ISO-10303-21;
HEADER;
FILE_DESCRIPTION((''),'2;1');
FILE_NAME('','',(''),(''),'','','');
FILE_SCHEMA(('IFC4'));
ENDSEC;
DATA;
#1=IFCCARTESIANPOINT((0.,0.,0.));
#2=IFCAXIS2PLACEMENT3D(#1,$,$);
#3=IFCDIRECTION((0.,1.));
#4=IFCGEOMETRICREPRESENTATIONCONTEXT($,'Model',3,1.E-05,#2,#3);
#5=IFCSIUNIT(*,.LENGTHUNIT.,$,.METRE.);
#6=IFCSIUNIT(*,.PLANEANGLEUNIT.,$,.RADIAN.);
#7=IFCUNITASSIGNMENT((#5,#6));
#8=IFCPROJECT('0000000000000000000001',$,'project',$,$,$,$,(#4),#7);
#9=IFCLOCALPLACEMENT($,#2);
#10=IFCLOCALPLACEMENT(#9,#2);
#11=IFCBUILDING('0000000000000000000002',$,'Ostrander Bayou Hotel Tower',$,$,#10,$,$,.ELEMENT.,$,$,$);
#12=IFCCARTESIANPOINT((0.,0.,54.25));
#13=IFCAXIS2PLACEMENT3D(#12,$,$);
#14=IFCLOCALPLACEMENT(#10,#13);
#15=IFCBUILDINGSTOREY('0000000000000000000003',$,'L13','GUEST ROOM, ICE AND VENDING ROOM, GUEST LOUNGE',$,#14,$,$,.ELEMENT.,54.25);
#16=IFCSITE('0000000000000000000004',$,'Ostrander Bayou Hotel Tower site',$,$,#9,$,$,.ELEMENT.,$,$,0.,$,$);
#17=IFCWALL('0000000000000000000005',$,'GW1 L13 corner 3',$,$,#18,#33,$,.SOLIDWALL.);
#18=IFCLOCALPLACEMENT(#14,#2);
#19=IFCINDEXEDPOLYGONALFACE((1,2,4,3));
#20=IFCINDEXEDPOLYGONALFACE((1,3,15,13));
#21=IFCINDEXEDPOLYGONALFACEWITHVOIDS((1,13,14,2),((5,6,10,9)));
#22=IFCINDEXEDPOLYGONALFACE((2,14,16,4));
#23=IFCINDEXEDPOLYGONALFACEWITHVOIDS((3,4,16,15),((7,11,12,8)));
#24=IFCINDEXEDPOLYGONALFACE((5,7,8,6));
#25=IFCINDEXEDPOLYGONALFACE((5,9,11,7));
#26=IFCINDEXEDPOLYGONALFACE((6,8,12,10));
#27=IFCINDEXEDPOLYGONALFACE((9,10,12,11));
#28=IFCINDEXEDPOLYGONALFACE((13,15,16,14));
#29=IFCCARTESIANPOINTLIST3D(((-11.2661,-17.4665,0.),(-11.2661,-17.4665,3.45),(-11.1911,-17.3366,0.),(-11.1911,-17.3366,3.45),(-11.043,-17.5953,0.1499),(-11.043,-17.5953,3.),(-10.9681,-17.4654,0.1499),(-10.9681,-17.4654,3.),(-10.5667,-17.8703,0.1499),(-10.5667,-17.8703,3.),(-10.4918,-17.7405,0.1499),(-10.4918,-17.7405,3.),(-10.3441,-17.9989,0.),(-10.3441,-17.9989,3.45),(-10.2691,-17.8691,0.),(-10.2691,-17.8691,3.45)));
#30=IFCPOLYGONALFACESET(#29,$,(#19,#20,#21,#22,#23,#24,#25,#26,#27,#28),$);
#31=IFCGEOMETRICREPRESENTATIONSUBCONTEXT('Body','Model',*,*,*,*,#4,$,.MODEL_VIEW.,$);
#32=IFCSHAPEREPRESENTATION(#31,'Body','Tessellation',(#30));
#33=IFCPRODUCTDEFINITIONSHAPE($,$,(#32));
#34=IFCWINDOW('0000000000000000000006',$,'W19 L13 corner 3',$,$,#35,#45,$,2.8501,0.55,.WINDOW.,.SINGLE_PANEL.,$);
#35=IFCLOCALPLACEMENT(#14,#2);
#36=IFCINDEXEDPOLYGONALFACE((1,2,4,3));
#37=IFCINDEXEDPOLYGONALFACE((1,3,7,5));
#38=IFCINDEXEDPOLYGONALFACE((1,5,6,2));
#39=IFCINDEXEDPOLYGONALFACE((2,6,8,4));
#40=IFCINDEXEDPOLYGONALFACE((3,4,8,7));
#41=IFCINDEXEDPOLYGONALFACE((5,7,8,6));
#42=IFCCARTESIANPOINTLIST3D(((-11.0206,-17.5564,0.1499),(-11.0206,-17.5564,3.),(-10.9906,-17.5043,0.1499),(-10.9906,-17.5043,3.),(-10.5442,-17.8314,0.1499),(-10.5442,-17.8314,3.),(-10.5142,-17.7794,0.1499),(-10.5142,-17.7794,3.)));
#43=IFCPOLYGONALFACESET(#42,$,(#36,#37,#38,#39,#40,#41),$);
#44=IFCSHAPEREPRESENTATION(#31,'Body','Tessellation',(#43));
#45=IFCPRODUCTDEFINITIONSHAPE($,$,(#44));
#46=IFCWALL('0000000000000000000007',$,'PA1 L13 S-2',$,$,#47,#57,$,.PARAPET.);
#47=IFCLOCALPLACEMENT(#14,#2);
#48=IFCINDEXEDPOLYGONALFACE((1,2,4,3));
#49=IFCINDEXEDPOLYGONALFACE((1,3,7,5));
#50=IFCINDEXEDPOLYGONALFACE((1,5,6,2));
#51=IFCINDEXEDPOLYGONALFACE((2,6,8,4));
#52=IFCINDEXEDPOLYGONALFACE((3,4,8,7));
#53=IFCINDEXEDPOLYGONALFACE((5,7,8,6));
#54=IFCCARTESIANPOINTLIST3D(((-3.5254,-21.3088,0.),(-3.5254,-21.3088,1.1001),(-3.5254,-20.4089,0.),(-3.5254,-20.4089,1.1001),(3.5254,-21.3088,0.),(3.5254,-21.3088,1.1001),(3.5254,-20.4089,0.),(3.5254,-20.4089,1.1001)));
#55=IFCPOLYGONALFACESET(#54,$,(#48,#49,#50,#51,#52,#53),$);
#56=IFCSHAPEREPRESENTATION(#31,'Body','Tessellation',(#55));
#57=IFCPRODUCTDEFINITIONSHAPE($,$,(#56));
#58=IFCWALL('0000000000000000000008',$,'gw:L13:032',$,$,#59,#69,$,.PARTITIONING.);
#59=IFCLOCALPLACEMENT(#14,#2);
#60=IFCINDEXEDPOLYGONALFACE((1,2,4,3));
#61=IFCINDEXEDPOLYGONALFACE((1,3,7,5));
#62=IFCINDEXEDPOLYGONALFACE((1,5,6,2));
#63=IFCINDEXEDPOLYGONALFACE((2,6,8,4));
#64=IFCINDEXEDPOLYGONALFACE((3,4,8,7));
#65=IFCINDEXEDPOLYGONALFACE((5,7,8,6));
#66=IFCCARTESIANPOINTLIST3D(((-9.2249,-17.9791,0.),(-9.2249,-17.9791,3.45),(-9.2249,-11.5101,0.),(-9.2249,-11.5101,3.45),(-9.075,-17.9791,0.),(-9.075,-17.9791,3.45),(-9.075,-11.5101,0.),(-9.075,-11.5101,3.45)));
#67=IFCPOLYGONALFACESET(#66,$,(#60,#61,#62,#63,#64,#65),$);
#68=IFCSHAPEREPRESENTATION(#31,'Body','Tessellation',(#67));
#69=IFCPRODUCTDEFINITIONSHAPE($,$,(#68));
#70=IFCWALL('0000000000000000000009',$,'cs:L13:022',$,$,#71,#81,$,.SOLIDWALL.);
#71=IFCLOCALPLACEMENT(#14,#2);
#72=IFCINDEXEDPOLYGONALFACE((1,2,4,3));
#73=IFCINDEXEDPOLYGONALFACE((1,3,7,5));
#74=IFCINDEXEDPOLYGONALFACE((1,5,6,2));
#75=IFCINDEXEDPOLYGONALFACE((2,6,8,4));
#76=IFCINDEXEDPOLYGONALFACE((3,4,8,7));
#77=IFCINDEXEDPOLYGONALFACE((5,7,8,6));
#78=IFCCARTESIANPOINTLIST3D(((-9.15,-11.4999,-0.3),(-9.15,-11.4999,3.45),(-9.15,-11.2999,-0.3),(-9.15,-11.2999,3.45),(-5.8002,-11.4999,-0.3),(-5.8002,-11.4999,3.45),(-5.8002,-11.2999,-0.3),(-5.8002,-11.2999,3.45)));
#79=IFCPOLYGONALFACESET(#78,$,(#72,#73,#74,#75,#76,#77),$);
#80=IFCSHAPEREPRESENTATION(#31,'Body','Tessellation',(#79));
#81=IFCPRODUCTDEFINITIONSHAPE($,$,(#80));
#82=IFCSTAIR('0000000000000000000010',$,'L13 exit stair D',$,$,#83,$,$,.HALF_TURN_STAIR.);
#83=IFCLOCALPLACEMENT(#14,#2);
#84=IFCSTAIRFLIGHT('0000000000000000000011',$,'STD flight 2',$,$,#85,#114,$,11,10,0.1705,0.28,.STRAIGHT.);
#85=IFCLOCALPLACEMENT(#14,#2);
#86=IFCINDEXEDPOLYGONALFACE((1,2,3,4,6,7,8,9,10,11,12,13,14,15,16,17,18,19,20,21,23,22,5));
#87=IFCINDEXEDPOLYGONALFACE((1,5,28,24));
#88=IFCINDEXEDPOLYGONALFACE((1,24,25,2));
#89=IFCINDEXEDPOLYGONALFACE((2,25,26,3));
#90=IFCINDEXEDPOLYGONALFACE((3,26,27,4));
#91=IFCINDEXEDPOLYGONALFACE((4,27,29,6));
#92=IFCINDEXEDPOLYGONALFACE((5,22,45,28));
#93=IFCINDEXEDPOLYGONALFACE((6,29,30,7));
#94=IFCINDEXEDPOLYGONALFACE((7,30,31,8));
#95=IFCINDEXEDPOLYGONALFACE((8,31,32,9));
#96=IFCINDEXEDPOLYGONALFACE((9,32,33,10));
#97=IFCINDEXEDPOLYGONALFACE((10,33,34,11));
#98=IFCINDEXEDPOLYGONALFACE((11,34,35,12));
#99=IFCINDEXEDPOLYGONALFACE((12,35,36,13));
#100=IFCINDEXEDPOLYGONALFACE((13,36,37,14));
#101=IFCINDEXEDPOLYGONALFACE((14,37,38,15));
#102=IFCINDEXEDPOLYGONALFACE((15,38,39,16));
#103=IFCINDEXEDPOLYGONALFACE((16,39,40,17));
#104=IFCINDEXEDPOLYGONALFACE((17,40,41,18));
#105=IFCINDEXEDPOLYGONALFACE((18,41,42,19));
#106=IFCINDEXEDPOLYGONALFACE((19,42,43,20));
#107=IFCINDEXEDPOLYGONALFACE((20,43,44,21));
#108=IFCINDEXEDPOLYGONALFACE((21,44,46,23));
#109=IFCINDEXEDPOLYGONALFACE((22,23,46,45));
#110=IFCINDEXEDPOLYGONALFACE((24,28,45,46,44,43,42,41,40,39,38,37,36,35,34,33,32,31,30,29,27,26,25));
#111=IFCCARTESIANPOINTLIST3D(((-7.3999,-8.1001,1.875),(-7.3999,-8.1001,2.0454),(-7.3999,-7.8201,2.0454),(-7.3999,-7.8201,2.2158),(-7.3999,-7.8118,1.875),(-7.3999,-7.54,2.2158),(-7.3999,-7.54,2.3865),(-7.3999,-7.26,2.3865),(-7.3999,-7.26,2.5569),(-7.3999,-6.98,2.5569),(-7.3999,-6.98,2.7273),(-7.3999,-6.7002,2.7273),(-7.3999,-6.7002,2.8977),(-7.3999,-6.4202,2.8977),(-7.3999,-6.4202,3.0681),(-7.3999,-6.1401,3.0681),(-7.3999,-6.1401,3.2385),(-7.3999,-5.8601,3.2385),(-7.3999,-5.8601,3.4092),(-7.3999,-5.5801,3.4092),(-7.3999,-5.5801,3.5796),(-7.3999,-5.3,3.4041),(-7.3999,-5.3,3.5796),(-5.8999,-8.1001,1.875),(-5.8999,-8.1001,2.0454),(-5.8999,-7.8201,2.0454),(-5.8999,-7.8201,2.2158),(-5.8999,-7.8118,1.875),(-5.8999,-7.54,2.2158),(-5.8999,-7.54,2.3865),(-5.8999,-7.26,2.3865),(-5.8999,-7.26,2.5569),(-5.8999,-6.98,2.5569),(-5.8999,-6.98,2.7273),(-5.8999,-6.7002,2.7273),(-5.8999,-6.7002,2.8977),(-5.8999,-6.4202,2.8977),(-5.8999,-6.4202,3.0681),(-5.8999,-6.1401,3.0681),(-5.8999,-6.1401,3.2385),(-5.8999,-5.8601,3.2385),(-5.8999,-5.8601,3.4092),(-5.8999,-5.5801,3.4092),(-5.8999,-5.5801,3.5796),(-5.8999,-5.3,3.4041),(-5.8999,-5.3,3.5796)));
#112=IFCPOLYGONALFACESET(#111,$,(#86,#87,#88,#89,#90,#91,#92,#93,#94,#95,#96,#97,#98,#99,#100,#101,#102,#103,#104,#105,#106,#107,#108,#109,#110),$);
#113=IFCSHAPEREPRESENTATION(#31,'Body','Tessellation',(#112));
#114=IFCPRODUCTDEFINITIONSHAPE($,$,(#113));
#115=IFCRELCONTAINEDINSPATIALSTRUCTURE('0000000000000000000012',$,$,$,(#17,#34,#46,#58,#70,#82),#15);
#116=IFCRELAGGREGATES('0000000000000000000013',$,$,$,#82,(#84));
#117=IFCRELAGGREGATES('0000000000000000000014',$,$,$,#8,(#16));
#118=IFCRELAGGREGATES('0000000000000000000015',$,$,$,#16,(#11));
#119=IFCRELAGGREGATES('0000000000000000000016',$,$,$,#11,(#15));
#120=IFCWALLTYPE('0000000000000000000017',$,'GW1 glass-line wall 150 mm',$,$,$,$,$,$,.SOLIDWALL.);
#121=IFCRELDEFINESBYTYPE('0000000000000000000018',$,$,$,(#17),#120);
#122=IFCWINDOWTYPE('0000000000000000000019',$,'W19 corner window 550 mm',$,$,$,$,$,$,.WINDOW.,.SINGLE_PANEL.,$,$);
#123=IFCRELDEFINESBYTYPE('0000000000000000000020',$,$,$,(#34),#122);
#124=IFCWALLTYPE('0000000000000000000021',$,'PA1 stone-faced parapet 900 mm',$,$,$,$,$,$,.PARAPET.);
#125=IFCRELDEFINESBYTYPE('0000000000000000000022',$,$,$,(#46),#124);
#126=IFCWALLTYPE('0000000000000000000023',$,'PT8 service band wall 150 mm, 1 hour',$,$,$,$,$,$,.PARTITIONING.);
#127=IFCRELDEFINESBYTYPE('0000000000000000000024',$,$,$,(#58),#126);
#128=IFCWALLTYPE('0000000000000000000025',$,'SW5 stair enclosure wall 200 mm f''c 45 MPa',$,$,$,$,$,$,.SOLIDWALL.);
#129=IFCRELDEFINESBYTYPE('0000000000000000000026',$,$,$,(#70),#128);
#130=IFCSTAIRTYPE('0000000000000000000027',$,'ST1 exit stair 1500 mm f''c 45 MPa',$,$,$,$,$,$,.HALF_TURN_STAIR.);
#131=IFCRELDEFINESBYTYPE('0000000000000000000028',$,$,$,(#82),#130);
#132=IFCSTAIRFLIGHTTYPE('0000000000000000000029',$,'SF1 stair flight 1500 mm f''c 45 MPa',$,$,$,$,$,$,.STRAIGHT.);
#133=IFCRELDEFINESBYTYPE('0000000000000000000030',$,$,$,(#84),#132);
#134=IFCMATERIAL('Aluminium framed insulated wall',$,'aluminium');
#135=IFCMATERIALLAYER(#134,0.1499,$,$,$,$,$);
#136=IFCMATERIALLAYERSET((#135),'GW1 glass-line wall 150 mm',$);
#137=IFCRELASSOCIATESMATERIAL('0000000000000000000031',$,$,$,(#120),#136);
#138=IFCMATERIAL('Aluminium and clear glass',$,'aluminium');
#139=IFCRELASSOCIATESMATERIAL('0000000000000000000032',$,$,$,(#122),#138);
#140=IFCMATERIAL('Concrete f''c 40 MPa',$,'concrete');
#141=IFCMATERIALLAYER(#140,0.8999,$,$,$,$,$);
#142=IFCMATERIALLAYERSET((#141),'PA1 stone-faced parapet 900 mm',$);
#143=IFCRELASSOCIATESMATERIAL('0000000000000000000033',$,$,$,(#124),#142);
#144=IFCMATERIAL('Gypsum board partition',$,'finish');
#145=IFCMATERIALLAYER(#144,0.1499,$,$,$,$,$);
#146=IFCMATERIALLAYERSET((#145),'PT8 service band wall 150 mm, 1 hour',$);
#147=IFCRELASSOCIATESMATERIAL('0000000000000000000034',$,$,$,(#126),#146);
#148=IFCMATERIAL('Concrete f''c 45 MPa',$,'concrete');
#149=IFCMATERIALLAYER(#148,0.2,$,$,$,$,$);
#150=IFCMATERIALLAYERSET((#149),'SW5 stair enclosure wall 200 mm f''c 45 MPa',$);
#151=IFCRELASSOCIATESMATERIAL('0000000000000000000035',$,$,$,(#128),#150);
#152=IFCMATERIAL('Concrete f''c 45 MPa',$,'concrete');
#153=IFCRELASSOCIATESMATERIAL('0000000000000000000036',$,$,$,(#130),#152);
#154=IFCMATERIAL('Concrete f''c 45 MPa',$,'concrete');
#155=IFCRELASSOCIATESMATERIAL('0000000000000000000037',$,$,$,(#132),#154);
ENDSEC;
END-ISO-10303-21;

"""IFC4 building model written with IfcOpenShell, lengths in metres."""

from ifc_helpers import new_model, si_unit, direction, frame, frame_2d, origin, place, context, subcontext, project, spatial, polyline, rectangle, outline, extrude, material, layer, layer_set, type_object, element, fill, aggregate, save


model = new_model("IFC4")

# Units and contexts
model_context = context("Model", 3, precision=1e-05, world=origin(), true_north=direction((0.0, 1.0)))
body_context = subcontext(model_context, "Body", "Model", "MODEL_VIEW")
ifc_project = project(units=[si_unit("LENGTHUNIT", "METRE"), si_unit("PLANEANGLEUNIT", "RADIAN")], contexts=[model_context])

# Site, building, storey
site_placement = place(None, origin())
site = spatial("IfcSite", under=ifc_project, at=site_placement, Name="Ostrander Bayou Hotel Tower site", CompositionType="ELEMENT", RefElevation=0.0)
building_placement = place(site_placement, origin())
building = spatial("IfcBuilding", under=site, at=building_placement, Name="Ostrander Bayou Hotel Tower", CompositionType="ELEMENT")
storey_placement = place(building_placement, frame((0.0, 0.0, 54.25)))
storey = spatial("IfcBuildingStorey", under=building, at=storey_placement, Name="L13", Description="GUEST ROOM, ICE AND VENDING ROOM, GUEST LOUNGE", CompositionType="ELEMENT", Elevation=54.25)

# Shared definitions
ifc_material_1 = material(Name="Aluminium framed insulated wall", Category="aluminium")
ifc_layer_1 = layer(ifc_material_1, 0.1499)
ifc_layer_set_1 = layer_set([ifc_layer_1], Name="GW1 glass-line wall 150 mm")
wall_type_1 = type_object("IfcWallType", Name="GW1 glass-line wall 150 mm", PredefinedType="SOLIDWALL", material=ifc_layer_set_1)

# Wall, opening, window
wall_1_placement = place(storey_placement, frame((-11.2285, -17.4016, 0.0), z_axis=(0.0, 0.0, 1.0), x_axis=(0.865991, -0.50006, 0.0)))
wall_1 = element("IfcWall", 1, at=wall_1_placement, inside=storey, type_object=wall_type_1, Name="GW1 L13 corner 3", PredefinedType="SOLIDWALL", context=body_context, shape_type="SweptSolid", body=[
    extrude(rectangle(XDim=1.0647, YDim=0.1499, at=frame_2d((0.5322, 0.0))), origin(), (0.0, 0.0, 1.0), 3.45),
])
opening_1_placement = place(wall_1_placement, frame((0.2576, 0.0, 0.1499)))
opening_1 = element("IfcOpeningElement", 2, at=opening_1_placement, cuts=wall_1, PredefinedType="OPENING", context=body_context, shape_type="SweptSolid", body=[
    extrude(rectangle(XDim=0.55, YDim=2.8501, at=frame_2d((0.2749, 1.425))), frame((0.0, 0.075, 0.0), z_axis=(0.0, -1.0, 0.0), x_axis=(1.0, 0.0, 0.0)), (0.0, 0.0, 1.0), 0.1499),
])
ifc_material_2 = material(Name="Aluminium and clear glass", Category="aluminium")
window_type_1 = type_object("IfcWindowType", Name="W19 corner window 550 mm", PartitioningType="SINGLE_PANEL", PredefinedType="WINDOW", material=ifc_material_2)
window_1_placement = place(opening_1_placement, origin())
window_1 = element("IfcWindow", 3, at=window_1_placement, inside=storey, type_object=window_type_1, Name="W19 L13 corner 3", OverallHeight=2.8501, OverallWidth=0.55, PartitioningType="SINGLE_PANEL", PredefinedType="WINDOW", context=body_context, shape_type="SweptSolid", body=[
    extrude(rectangle(XDim=0.55, YDim=2.8501, at=frame_2d((0.2749, 1.425))), frame((0.0, 0.03, 0.0), z_axis=(0.0, -1.0, 0.0), x_axis=(1.0, 0.0, 0.0)), (0.0, 0.0, 1.0), 0.0601),
])
fill(opening_1, window_1)

# Walls
ifc_material_3 = material(Name="Concrete f'c 40 MPa", Category="concrete")
ifc_layer_2 = layer(ifc_material_3, 0.8999)
ifc_layer_set_2 = layer_set([ifc_layer_2], Name="PA1 stone-faced parapet 900 mm")
wall_type_2 = type_object("IfcWallType", Name="PA1 stone-faced parapet 900 mm", PredefinedType="PARAPET", material=ifc_layer_set_2)
wall_2_placement = place(storey_placement, frame((-3.5254, -20.8589, 0.0), z_axis=(0.0, 0.0, 1.0), x_axis=(1.0, 0.0, 0.0)))
element("IfcWall", 4, at=wall_2_placement, inside=storey, type_object=wall_type_2, Name="PA1 L13 S-2", PredefinedType="PARAPET", context=body_context, shape_type="SweptSolid", body=[
    extrude(rectangle(XDim=7.0508, YDim=0.8999, at=frame_2d((3.5254, 0.0))), origin(), (0.0, 0.0, 1.0), 1.1001),
])
ifc_material_4 = material(Name="Gypsum board partition", Category="finish")
ifc_layer_3 = layer(ifc_material_4, 0.1499)
ifc_layer_set_3 = layer_set([ifc_layer_3], Name="PT8 service band wall 150 mm, 1 hour")
wall_type_3 = type_object("IfcWallType", Name="PT8 service band wall 150 mm, 1 hour", PredefinedType="PARTITIONING", material=ifc_layer_set_3)
wall_3_placement = place(storey_placement, frame((-9.1499, -17.979, 0.0), z_axis=(0.0, 0.0, 1.0), x_axis=(0.0, 1.0, 0.0)))
element("IfcWall", 5, at=wall_3_placement, inside=storey, type_object=wall_type_3, Name="gw:L13:032", PredefinedType="PARTITIONING", context=body_context, shape_type="SweptSolid", body=[
    extrude(rectangle(XDim=6.469, YDim=0.1499, at=frame_2d((3.2344, 0.0))), origin(), (0.0, 0.0, 1.0), 3.45),
])
ifc_material_5 = material(Name="Concrete f'c 45 MPa", Category="concrete")
ifc_layer_4 = layer(ifc_material_5, 0.2)
ifc_layer_set_4 = layer_set([ifc_layer_4], Name="SW5 stair enclosure wall 200 mm f'c 45 MPa")
wall_type_4 = type_object("IfcWallType", Name="SW5 stair enclosure wall 200 mm f'c 45 MPa", PredefinedType="SOLIDWALL", material=ifc_layer_set_4)
wall_4_placement = place(storey_placement, frame((-9.1499, -11.3999, -0.3), z_axis=(0.0, 0.0, 1.0), x_axis=(1.0, 0.0, 0.0)))
element("IfcWall", 6, at=wall_4_placement, inside=storey, type_object=wall_type_4, Name="cs:L13:022", PredefinedType="SOLIDWALL", context=body_context, shape_type="SweptSolid", body=[
    extrude(rectangle(XDim=3.3499, YDim=0.2, at=frame_2d((1.6748, 0.0))), origin(), (0.0, 0.0, 1.0), 3.75),
])

# Stair, stair flight
ifc_material_6 = material(Name="Concrete f'c 45 MPa", Category="concrete")
stair_type = type_object("IfcStairType", Name="ST1 exit stair 1500 mm f'c 45 MPa", PredefinedType="HALF_TURN_STAIR", material=ifc_material_6)
stair_placement = place(storey_placement, origin())
stair = element("IfcStair", 7, at=stair_placement, inside=storey, type_object=stair_type, Name="L13 exit stair D", PredefinedType="HALF_TURN_STAIR")
ifc_material_7 = material(Name="Concrete f'c 45 MPa", Category="concrete")
stair_flight_type = type_object("IfcStairFlightType", Name="SF1 stair flight 1500 mm f'c 45 MPa", PredefinedType="STRAIGHT", material=ifc_material_7)
stair_flight_placement = place(storey_placement, frame((-6.6499, -8.1001, 1.875), z_axis=(0.0, 0.0, 1.0), x_axis=(0.0, 1.0, 0.0)))
stair_flight = element("IfcStairFlight", 8, at=stair_flight_placement, type_object=stair_flight_type, Name="STD flight 2", NumberOfRisers=11, NumberOfTreads=10, PredefinedType="STRAIGHT", RiserHeight=0.1705, TreadLength=0.28, context=body_context, shape_type="SweptSolid", body=[
    extrude(outline(polyline([(0.0, 0.0), (0.0, 0.1704), (0.28, 0.1704), (0.28, 0.3408), (0.5601, 0.3408), (0.5601, 0.5115), (0.8401, 0.5115), (0.8401, 0.6819), (1.1201, 0.6819), (1.1201, 0.8523), (1.3999, 0.8523), (1.3999, 1.0227), (1.6799, 1.0227), (1.6799, 1.1931), (1.96, 1.1931), (1.96, 1.3635), (2.24, 1.3635), (2.24, 1.5342), (2.52, 1.5342), (2.52, 1.7046), (2.8, 1.7046), (2.8, 1.875), (2.8, 1.5291), (0.2883, 0.0), (0.0, 0.0)])), frame((0.0, 0.75, 0.0), z_axis=(0.0, -1.0, 0.0), x_axis=(1.0, 0.0, 0.0)), (0.0, 0.0, 1.0), 1.5),
])
aggregate(stair, [stair_flight])

save(model, "model.ifc")
